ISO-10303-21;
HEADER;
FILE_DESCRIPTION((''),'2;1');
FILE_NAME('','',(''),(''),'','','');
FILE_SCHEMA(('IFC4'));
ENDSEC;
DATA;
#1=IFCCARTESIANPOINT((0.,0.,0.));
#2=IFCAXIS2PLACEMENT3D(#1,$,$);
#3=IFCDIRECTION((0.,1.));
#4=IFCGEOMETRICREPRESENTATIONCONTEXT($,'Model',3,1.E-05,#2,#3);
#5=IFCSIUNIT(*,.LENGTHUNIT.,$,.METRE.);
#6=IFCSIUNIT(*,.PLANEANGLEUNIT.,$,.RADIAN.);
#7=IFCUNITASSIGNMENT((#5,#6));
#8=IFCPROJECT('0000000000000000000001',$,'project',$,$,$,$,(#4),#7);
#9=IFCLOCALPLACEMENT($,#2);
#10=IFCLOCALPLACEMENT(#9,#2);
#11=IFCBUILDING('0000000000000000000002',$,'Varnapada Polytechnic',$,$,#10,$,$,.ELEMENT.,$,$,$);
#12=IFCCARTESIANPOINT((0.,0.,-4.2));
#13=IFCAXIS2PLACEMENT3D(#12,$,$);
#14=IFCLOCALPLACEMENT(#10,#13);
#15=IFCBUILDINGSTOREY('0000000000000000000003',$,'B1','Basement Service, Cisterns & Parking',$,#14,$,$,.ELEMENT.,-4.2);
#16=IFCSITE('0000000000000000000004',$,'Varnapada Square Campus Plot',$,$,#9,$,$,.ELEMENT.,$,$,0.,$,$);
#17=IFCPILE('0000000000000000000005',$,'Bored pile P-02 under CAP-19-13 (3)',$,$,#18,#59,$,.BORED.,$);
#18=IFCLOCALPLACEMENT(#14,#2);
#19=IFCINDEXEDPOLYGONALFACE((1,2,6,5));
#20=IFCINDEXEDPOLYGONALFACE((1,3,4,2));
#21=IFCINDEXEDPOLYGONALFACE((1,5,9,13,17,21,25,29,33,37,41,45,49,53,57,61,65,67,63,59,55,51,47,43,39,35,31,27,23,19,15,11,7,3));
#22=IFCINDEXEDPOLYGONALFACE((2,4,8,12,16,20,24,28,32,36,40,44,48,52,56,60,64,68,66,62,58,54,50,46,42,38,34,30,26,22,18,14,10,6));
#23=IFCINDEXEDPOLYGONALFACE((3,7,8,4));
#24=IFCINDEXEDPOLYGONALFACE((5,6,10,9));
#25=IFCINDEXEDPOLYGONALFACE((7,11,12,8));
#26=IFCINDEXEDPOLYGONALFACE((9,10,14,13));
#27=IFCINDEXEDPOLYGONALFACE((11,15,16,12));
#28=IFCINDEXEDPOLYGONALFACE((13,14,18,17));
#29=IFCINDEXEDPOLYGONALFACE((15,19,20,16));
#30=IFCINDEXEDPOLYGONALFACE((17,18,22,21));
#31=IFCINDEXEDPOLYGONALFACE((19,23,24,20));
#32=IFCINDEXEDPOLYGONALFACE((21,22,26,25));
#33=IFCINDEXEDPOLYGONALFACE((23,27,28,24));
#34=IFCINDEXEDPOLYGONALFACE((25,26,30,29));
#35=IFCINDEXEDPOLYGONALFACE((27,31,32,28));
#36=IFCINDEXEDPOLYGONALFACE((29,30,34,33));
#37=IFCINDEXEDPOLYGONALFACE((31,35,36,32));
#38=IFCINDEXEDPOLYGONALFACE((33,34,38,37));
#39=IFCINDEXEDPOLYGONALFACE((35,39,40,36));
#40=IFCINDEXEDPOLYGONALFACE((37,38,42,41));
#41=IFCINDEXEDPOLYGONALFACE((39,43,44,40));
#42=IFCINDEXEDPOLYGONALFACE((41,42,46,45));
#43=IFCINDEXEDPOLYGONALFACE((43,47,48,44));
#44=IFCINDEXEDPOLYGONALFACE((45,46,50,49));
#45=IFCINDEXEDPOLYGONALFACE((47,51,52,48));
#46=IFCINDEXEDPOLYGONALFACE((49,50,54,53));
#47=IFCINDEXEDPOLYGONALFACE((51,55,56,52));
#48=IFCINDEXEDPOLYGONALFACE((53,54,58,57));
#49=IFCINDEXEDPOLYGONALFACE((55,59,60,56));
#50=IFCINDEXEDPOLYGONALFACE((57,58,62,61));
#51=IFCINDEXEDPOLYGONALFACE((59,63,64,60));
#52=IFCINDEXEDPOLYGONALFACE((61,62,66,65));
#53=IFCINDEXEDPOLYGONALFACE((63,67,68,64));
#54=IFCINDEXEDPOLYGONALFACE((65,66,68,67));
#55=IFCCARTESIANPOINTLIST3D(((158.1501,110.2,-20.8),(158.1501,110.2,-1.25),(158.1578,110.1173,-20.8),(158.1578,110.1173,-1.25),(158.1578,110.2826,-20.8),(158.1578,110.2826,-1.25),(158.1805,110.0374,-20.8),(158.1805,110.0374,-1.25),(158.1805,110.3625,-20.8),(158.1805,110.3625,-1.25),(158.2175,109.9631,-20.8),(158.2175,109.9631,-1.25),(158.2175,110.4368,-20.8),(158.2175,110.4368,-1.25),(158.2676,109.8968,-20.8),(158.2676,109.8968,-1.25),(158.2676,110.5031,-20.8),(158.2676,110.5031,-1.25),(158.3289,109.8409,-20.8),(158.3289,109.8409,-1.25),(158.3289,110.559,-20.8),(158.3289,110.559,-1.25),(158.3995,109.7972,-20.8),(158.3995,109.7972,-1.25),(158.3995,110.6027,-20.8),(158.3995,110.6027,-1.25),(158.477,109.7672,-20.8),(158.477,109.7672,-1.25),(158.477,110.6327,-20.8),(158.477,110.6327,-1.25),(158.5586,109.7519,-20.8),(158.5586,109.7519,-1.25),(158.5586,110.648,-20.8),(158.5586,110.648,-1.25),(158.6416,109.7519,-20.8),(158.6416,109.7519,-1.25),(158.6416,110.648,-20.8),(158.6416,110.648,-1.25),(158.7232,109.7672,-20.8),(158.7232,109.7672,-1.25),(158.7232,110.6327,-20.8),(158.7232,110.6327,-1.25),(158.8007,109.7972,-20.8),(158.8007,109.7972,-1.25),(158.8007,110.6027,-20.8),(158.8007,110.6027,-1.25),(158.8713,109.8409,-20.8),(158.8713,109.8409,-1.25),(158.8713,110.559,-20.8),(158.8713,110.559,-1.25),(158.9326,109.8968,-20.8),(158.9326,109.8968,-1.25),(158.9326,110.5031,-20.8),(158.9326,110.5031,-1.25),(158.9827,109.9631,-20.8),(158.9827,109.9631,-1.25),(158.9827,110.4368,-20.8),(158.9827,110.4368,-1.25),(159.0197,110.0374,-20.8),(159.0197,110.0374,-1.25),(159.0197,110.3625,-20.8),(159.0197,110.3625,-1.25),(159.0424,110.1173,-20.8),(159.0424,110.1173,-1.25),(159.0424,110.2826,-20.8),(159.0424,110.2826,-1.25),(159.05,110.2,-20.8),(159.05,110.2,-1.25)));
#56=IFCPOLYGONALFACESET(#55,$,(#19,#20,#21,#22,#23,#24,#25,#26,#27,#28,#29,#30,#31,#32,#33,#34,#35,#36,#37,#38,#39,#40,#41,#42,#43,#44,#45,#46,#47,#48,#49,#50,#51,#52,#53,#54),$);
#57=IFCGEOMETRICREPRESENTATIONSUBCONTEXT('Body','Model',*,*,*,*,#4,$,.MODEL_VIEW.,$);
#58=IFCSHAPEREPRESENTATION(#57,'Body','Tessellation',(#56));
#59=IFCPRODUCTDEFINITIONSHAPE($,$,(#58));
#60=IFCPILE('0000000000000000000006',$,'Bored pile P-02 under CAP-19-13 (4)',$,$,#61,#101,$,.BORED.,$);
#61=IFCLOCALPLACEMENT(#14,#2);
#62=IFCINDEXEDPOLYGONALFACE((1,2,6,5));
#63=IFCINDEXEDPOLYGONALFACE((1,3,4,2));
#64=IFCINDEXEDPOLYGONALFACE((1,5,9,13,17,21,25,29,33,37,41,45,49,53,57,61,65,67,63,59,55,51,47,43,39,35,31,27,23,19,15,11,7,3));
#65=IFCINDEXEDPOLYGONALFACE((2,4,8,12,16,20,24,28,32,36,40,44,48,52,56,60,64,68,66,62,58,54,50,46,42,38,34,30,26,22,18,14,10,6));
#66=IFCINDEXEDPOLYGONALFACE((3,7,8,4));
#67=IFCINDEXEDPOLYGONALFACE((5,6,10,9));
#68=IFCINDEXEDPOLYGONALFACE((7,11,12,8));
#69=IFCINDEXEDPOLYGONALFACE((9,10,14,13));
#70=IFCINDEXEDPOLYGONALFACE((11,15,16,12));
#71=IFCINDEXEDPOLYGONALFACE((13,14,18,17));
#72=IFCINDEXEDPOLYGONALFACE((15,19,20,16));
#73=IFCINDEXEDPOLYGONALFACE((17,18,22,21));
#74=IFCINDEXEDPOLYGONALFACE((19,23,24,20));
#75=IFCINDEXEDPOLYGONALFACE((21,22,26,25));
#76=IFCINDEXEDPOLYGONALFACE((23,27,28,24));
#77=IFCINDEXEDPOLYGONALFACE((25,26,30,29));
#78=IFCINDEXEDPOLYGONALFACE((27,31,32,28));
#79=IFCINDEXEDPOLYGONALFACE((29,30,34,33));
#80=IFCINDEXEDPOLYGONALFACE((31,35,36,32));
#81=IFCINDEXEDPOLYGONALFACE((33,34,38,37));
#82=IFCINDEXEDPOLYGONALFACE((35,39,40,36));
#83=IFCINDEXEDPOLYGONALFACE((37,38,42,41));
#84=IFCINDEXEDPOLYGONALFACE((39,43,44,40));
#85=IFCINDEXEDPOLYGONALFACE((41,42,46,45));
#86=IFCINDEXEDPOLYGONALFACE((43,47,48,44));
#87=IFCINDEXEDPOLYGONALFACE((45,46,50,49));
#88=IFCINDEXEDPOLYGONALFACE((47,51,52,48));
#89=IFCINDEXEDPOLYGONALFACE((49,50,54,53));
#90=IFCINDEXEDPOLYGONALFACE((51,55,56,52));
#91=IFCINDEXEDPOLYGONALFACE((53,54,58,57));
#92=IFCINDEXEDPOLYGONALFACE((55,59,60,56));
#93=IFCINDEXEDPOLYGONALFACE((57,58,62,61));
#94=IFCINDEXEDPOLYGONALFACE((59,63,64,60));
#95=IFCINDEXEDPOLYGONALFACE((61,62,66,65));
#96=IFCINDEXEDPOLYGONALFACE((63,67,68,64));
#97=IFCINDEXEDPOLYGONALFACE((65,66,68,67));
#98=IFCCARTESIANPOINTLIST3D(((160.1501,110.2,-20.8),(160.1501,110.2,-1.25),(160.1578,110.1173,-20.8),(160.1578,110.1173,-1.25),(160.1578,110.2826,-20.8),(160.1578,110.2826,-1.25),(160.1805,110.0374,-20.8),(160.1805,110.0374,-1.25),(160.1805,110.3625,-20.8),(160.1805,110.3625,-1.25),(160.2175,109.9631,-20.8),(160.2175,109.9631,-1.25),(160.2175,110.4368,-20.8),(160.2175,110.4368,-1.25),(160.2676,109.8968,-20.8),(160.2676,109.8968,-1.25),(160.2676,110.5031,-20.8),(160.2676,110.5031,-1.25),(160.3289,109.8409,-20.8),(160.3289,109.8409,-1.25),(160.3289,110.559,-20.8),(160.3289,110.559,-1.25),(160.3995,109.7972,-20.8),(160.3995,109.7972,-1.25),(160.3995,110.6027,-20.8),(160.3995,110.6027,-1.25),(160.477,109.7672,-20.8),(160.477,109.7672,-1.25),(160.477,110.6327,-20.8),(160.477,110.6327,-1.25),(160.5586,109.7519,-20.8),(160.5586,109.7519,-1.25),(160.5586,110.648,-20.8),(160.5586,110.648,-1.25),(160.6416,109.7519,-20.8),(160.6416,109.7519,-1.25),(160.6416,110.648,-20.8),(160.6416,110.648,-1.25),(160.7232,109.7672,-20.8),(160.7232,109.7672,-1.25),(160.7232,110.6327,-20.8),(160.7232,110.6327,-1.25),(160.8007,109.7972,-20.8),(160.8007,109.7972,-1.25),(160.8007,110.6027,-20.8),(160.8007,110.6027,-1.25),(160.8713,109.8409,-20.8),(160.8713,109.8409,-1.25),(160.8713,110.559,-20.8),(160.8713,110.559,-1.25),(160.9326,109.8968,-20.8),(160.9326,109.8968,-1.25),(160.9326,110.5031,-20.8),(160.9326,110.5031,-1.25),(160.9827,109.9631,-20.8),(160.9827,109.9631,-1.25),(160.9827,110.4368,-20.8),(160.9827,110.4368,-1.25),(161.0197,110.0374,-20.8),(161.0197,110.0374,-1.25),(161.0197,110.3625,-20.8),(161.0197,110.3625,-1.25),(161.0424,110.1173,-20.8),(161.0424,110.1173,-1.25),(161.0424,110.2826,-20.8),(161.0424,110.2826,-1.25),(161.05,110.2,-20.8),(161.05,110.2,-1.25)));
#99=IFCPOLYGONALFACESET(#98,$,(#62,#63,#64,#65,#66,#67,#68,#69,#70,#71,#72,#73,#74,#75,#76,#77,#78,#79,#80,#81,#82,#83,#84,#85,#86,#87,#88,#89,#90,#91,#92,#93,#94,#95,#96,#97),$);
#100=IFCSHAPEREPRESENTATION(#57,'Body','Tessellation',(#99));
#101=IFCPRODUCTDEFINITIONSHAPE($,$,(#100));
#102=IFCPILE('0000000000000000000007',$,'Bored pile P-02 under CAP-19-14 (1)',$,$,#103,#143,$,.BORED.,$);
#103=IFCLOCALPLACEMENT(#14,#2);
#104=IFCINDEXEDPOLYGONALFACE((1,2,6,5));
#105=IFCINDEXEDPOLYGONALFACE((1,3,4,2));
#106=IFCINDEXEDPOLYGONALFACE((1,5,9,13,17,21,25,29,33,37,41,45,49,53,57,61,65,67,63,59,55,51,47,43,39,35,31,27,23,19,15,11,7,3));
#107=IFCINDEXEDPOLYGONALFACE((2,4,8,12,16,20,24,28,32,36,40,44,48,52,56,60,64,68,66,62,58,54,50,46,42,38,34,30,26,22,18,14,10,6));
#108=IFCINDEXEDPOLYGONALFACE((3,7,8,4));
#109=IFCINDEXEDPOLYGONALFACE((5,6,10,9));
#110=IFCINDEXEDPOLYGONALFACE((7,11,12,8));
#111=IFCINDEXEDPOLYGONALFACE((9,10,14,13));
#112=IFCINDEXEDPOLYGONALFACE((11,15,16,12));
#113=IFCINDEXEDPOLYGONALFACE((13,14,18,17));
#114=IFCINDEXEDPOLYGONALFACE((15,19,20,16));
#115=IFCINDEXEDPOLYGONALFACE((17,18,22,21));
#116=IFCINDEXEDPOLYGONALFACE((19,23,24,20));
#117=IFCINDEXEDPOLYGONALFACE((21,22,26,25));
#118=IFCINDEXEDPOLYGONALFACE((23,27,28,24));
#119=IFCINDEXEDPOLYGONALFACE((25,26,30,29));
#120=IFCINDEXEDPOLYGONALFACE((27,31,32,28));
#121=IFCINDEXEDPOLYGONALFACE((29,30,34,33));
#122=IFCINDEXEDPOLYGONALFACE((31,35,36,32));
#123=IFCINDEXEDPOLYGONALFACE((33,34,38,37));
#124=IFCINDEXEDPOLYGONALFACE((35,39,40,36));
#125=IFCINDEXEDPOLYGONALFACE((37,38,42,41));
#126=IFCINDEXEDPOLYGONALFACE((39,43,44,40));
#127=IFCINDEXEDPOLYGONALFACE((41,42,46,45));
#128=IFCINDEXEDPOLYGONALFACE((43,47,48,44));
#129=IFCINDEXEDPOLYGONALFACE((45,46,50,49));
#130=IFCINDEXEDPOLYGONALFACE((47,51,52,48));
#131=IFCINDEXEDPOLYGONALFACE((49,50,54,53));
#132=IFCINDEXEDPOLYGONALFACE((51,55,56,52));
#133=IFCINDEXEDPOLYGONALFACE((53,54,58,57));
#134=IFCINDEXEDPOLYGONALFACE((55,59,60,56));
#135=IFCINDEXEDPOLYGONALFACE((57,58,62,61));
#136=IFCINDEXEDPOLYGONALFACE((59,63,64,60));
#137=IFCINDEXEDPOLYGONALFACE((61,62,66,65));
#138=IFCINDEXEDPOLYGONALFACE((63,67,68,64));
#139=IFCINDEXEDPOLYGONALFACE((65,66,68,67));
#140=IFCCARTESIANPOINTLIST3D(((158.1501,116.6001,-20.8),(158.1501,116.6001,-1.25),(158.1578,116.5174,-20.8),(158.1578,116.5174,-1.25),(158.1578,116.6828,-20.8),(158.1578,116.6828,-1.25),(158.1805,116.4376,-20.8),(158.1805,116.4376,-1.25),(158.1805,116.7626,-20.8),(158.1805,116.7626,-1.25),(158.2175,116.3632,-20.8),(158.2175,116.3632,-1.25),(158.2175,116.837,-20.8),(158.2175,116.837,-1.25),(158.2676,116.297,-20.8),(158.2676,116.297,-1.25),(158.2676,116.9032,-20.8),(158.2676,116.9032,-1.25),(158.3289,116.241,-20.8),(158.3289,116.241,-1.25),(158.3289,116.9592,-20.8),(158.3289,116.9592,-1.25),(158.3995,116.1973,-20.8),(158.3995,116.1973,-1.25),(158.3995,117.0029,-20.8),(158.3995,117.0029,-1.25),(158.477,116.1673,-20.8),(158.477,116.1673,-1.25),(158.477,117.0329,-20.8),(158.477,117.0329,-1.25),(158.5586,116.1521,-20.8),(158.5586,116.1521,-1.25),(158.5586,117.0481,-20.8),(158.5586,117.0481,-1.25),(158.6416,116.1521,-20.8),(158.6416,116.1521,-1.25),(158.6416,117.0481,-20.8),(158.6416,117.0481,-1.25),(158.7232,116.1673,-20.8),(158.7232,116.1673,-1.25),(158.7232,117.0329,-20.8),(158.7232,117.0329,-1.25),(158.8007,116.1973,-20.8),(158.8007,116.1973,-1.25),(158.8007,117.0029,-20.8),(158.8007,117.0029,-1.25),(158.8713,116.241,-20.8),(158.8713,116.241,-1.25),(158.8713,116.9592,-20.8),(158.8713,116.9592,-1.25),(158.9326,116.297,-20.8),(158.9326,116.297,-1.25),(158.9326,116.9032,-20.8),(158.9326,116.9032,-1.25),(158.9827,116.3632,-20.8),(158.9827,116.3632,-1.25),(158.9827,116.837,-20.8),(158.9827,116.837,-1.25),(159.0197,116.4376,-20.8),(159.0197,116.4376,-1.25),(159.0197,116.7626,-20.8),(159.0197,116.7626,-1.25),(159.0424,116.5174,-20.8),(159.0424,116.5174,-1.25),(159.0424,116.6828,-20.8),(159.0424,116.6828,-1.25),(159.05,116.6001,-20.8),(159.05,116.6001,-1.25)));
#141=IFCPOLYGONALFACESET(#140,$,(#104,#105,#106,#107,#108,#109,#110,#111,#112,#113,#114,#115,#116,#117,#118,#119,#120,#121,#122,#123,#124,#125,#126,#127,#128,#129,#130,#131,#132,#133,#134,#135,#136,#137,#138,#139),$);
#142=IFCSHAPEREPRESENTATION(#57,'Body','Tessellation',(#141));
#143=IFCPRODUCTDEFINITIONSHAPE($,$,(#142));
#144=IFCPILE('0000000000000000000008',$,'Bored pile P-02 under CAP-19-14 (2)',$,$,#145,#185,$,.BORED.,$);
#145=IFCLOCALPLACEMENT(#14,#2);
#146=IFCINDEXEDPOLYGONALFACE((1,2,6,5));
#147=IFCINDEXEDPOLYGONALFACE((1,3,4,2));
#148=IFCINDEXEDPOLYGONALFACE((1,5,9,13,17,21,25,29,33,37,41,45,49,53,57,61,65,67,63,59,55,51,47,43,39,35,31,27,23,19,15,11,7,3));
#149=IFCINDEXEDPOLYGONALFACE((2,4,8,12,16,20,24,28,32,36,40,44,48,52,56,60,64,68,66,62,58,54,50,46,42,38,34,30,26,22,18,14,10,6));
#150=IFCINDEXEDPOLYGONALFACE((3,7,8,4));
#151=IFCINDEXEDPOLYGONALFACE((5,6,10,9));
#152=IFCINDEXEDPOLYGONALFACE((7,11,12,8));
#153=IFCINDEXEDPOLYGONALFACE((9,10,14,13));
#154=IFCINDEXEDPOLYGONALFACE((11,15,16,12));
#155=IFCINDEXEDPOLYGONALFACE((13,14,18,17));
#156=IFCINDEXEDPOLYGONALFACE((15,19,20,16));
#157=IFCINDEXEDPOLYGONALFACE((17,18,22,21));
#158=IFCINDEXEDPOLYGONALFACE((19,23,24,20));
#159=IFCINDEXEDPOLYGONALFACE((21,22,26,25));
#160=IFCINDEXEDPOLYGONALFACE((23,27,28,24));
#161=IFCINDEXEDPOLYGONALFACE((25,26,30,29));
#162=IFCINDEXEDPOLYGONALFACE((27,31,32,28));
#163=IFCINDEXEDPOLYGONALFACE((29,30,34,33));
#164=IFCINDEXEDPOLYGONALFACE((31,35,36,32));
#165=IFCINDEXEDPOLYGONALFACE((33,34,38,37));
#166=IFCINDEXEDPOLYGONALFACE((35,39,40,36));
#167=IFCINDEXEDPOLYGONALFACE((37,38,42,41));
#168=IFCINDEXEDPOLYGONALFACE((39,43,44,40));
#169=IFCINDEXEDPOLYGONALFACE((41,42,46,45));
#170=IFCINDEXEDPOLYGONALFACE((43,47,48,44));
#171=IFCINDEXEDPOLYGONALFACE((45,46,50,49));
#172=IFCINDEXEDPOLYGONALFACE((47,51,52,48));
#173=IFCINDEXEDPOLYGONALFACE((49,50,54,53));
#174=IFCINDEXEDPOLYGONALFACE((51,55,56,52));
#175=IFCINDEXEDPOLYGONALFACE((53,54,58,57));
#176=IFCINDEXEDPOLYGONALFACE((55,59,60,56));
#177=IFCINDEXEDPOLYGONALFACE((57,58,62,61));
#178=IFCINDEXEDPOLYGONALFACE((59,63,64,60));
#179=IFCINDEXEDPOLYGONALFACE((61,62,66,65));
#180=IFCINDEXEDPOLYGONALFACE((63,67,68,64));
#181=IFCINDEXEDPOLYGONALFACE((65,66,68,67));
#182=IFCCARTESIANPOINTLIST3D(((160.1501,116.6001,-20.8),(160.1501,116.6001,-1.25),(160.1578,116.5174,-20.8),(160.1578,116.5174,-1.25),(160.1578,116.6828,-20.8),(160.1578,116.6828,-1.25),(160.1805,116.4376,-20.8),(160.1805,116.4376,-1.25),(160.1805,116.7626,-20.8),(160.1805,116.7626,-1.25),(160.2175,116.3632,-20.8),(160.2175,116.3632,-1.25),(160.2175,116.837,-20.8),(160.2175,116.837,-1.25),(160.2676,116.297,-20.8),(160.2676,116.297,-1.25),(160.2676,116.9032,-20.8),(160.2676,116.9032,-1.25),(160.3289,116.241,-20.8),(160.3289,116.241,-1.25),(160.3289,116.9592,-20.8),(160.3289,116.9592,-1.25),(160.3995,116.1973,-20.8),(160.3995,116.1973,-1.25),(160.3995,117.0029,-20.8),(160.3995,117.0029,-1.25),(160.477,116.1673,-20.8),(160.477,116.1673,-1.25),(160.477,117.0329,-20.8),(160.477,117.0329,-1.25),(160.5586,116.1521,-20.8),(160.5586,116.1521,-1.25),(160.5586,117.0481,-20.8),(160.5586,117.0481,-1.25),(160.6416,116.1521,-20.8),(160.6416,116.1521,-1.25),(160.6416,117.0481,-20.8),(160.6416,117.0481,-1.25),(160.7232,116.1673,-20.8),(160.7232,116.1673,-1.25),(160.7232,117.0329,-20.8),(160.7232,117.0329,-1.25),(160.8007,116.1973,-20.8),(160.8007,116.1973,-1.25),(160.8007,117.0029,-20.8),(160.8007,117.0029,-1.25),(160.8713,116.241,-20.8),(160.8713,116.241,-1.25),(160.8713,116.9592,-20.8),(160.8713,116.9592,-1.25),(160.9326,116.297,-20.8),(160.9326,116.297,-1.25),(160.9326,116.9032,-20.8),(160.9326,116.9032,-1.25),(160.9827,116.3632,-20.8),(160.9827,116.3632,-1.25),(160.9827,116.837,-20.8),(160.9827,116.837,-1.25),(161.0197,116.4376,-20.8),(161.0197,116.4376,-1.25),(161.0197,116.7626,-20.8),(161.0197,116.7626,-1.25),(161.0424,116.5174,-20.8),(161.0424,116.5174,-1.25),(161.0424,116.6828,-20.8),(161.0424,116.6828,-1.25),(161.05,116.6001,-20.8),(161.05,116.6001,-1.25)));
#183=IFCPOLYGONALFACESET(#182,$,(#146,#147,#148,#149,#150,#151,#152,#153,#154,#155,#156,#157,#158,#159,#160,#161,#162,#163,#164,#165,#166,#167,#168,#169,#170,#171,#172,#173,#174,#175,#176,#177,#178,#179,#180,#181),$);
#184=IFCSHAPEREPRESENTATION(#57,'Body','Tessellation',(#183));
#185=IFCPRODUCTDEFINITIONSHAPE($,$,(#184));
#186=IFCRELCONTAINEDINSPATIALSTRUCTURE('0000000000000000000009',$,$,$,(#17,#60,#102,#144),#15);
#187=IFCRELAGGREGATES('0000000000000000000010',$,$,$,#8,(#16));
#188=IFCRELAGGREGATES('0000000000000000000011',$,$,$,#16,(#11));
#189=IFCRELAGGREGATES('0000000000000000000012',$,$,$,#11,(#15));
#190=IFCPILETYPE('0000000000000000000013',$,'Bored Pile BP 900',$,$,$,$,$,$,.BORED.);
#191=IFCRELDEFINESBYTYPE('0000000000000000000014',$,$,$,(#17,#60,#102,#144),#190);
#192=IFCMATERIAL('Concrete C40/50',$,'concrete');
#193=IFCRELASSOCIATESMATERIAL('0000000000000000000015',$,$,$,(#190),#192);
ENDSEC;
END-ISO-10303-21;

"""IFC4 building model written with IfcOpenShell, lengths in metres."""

from ifc_helpers import new_model, si_unit, direction, frame, origin, origin_2d, place, context, subcontext, project, spatial, circle, extrude, material, material_profile, profile_set, type_object, element, save


model = new_model("IFC4")

# Units and contexts
model_context = context("Model", 3, precision=1e-05, world=origin(), true_north=direction((0.0, 1.0)))
body_context = subcontext(model_context, "Body", "Model", "MODEL_VIEW")
ifc_project = project(units=[si_unit("LENGTHUNIT", "METRE"), si_unit("PLANEANGLEUNIT", "RADIAN")], contexts=[model_context])

# Site, building, storey
site_placement = place(None, origin())
site = spatial("IfcSite", under=ifc_project, at=site_placement, Name="Varnapada Square Campus Plot", CompositionType="ELEMENT", RefElevation=0.0)
building_placement = place(site_placement, origin())
building = spatial("IfcBuilding", under=site, at=building_placement, Name="Varnapada Polytechnic", CompositionType="ELEMENT")
storey_placement = place(building_placement, frame((0.0, 0.0, -4.2)))
storey = spatial("IfcBuildingStorey", under=building, at=storey_placement, Name="B1", Description="Basement Service, Cisterns & Parking", CompositionType="ELEMENT", Elevation=-4.2)

# Piles
ifc_material_1 = material(Name="Concrete C40/50", Category="concrete")
ifc_material_profile_1 = material_profile(ifc_material_1, circle(Radius=0.45, at=origin_2d()), Name="BP 900")
ifc_profile_set_1 = profile_set([ifc_material_profile_1], Name="Concrete C40/50")
pile_type = type_object("IfcPileType", Name="Bored Pile BP 900", PredefinedType="BORED", material=ifc_profile_set_1)
for number, where, z_axis, x_axis, name in (
    (1, (158.6001, 110.2, -1.25), (0.0, 0.0, -1.0), (1.0, 0.0, 0.0), "Bored pile P-02 under CAP-19-13 (3)"),
    (2, (160.6001, 110.2, -1.25), (0.0, 0.0, -1.0), (1.0, 0.0, 0.0), "Bored pile P-02 under CAP-19-13 (4)"),
    (3, (158.6001, 116.6001, -1.25), (0.0, 0.0, -1.0), (1.0, 0.0, 0.0), "Bored pile P-02 under CAP-19-14 (1)"),
    (4, (160.6001, 116.6001, -1.25), (0.0, 0.0, -1.0), (1.0, 0.0, 0.0), "Bored pile P-02 under CAP-19-14 (2)"),
):
    element("IfcPile", number, at=place(storey_placement, frame(where, z_axis=z_axis, x_axis=x_axis)), inside=storey, type_object=pile_type, Name=name, PredefinedType="BORED", context=body_context, shape_type="SweptSolid", body=[
        extrude(circle(Radius=0.45, at=origin_2d()), origin(), (0.0, 0.0, 1.0), 19.55),
    ])

save(model, "model.ifc")
